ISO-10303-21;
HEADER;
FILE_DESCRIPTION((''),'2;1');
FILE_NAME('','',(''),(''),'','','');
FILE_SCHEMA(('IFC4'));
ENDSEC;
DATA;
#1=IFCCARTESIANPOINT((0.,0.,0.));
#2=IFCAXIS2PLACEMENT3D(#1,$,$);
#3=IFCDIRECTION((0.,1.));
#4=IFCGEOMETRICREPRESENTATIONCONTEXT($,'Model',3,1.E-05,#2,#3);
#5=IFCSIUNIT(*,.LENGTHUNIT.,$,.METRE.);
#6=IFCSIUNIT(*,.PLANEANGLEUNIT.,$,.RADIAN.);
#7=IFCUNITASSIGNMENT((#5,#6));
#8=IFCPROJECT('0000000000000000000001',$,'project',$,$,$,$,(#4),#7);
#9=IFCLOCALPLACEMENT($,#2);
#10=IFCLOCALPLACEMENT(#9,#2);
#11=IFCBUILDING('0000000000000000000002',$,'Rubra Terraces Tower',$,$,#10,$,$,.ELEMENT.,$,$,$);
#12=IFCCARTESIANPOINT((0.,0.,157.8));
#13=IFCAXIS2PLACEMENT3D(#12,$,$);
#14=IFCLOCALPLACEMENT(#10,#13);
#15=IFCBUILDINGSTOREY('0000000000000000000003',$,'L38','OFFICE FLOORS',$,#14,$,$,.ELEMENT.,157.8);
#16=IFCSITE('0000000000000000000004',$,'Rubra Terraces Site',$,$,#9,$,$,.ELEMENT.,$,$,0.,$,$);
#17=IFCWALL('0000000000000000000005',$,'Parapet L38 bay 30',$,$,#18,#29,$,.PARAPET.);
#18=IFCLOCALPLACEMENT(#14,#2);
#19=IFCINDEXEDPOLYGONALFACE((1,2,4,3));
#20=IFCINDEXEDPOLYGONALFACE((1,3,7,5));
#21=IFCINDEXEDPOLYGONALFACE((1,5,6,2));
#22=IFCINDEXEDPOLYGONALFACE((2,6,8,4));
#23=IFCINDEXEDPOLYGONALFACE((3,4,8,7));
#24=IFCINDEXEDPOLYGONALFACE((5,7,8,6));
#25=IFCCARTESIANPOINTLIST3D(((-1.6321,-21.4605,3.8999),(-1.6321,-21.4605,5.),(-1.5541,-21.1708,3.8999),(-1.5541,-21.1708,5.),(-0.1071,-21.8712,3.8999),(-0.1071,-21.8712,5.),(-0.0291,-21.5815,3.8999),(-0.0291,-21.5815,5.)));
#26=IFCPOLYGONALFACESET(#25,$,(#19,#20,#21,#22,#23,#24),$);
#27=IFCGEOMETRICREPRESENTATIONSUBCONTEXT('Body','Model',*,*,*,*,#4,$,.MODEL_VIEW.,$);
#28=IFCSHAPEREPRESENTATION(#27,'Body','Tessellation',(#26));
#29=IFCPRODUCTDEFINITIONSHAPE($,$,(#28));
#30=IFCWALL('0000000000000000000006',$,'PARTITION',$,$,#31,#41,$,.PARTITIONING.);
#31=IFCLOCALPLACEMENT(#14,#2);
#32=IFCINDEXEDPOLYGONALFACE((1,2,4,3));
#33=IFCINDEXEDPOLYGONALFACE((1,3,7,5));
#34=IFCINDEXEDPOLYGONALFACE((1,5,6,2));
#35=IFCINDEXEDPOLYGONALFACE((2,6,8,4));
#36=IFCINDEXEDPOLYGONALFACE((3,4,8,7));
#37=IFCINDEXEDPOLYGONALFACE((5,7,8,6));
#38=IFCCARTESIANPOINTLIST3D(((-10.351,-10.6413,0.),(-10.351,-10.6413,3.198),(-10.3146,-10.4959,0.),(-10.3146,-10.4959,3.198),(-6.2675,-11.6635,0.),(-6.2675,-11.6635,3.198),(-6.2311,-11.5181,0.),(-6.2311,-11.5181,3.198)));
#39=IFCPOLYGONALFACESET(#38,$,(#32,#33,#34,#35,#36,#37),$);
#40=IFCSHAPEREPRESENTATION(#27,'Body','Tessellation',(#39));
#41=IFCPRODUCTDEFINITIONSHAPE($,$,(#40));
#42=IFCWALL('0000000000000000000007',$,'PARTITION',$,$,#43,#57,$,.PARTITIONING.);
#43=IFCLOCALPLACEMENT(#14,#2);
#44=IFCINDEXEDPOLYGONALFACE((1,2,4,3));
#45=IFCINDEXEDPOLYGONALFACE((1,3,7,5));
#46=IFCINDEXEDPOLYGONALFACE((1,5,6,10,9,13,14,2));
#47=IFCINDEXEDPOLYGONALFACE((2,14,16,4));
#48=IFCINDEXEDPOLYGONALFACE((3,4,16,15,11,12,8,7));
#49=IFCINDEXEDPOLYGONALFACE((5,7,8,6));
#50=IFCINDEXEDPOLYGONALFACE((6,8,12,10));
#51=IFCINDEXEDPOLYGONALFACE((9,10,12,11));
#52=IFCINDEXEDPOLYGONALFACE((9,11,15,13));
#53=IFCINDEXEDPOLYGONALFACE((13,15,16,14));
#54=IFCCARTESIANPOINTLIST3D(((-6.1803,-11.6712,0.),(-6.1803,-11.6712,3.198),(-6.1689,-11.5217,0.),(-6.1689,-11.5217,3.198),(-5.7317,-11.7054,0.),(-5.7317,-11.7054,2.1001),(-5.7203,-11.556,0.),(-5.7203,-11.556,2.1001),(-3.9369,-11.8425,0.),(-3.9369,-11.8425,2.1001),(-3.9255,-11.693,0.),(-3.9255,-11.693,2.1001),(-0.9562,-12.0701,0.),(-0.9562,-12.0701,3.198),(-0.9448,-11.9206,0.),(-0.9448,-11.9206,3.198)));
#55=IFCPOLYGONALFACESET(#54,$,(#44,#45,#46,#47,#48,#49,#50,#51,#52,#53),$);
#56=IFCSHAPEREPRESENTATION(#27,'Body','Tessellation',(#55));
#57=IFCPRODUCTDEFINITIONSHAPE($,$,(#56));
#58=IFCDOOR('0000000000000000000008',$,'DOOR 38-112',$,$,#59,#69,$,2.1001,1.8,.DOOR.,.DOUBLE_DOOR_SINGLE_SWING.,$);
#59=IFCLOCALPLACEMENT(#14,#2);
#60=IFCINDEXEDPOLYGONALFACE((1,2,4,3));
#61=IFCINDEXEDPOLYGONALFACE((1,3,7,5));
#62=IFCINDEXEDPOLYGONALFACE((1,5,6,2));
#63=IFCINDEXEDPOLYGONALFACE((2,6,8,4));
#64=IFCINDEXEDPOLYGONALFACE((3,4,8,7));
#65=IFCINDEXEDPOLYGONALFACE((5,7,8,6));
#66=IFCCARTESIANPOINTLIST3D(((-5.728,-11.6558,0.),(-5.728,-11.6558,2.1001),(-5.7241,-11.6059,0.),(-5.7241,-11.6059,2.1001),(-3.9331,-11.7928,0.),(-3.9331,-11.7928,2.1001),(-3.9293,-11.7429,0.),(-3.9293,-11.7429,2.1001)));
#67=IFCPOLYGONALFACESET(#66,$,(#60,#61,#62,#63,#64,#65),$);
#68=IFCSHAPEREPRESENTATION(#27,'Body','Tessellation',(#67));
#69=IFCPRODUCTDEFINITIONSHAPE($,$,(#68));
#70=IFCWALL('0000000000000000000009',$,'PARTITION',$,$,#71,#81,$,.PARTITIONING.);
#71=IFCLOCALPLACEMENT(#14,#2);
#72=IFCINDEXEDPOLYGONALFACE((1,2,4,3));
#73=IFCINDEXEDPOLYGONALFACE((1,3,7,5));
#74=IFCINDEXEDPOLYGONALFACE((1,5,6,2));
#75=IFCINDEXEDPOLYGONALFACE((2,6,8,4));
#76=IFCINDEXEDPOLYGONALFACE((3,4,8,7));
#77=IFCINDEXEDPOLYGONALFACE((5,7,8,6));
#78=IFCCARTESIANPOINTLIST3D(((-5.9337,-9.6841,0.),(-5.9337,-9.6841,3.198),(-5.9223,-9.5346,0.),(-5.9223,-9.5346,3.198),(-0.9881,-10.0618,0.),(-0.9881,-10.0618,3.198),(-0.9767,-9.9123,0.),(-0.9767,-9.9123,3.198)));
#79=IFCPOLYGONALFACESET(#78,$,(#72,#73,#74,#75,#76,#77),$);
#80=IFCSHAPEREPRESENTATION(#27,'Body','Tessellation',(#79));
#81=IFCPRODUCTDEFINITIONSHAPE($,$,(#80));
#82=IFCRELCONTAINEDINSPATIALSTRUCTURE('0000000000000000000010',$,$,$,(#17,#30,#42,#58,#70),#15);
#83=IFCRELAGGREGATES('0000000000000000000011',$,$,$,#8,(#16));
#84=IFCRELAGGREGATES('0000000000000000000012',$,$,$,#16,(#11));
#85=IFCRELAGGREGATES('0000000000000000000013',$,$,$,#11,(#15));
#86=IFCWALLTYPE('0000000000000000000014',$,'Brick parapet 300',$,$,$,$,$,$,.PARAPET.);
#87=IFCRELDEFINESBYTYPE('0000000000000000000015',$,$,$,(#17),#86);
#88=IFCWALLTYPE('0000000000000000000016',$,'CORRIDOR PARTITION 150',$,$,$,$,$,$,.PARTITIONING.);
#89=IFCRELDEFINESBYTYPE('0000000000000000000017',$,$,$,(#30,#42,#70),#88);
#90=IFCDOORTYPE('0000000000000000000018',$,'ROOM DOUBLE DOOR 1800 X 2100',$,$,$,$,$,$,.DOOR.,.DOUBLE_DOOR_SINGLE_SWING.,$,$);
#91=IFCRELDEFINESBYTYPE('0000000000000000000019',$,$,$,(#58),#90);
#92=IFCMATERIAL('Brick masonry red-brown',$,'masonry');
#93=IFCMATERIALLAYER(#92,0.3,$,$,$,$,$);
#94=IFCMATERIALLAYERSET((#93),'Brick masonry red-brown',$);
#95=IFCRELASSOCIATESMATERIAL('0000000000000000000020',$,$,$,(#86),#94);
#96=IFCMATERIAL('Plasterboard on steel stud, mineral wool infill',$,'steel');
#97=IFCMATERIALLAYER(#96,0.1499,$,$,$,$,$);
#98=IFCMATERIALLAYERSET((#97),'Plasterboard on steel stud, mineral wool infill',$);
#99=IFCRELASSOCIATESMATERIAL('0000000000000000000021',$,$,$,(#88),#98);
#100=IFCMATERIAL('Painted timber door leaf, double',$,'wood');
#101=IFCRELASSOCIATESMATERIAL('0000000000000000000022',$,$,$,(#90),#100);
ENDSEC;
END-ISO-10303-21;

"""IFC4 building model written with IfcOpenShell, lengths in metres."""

from ifc_helpers import new_model, si_unit, direction, frame, frame_2d, origin, place, context, subcontext, project, spatial, rectangle, extrude, material, layer, layer_set, type_object, element, fill, save


model = new_model("IFC4")

# Units and contexts
model_context = context("Model", 3, precision=1e-05, world=origin(), true_north=direction((0.0, 1.0)))
body_context = subcontext(model_context, "Body", "Model", "MODEL_VIEW")
ifc_project = project(units=[si_unit("LENGTHUNIT", "METRE"), si_unit("PLANEANGLEUNIT", "RADIAN")], contexts=[model_context])

# Site, building, storey
site_placement = place(None, origin())
site = spatial("IfcSite", under=ifc_project, at=site_placement, Name="Rubra Terraces Site", CompositionType="ELEMENT", RefElevation=0.0)
building_placement = place(site_placement, origin())
building = spatial("IfcBuilding", under=site, at=building_placement, Name="Rubra Terraces Tower", CompositionType="ELEMENT")
storey_placement = place(building_placement, frame((0.0, 0.0, 157.8)))
storey = spatial("IfcBuildingStorey", under=building, at=storey_placement, Name="L38", Description="OFFICE FLOORS", CompositionType="ELEMENT", Elevation=157.8)

# Shared definitions
ifc_material_1 = material(Name="Brick masonry red-brown", Category="masonry")

# Walls
ifc_layer_1 = layer(ifc_material_1, 0.3)
ifc_layer_set_1 = layer_set([ifc_layer_1], Name="Brick masonry red-brown")
wall_type_1 = type_object("IfcWallType", Name="Brick parapet 300", PredefinedType="PARAPET", material=ifc_layer_set_1)
wall_1_placement = place(storey_placement, frame((-1.593, -21.3157, 3.8999), z_axis=(0.0, 0.0, 1.0), x_axis=(0.965601, -0.260029, 0.0)))
element("IfcWall", 1, at=wall_1_placement, inside=storey, type_object=wall_type_1, Name="Parapet L38 bay 30", PredefinedType="PARAPET", context=body_context, shape_type="SweptSolid", body=[
    extrude(rectangle(XDim=1.5793, YDim=0.3, at=frame_2d((0.7896, 0.0))), origin(), (0.0, 0.0, 1.0), 1.1001),
])
ifc_material_2 = material(Name="Plasterboard on steel stud, mineral wool infill", Category="steel")
ifc_layer_2 = layer(ifc_material_2, 0.1499)
ifc_layer_set_2 = layer_set([ifc_layer_2], Name="Plasterboard on steel stud, mineral wool infill")
wall_type_2 = type_object("IfcWallType", Name="CORRIDOR PARTITION 150", PredefinedType="PARTITIONING", material=ifc_layer_set_2)
wall_2_placement = place(storey_placement, frame((-10.3328, -10.5686, 0.0), z_axis=(0.0, 0.0, 1.0), x_axis=(0.970067, -0.242836, 0.0)))
element("IfcWall", 2, at=wall_2_placement, inside=storey, type_object=wall_type_2, Name="PARTITION", PredefinedType="PARTITIONING", context=body_context, shape_type="SweptSolid", body=[
    extrude(rectangle(XDim=4.2095, YDim=0.1499, at=frame_2d((2.1047, 0.0))), origin(), (0.0, 0.0, 1.0), 3.198),
])

# Wall, opening, door
wall_3_placement = place(storey_placement, frame((-6.1746, -11.5964, 0.0), z_axis=(0.0, 0.0, 1.0), x_axis=(0.997097, -0.076141, 0.0)))
wall_3 = element("IfcWall", 3, at=wall_3_placement, inside=storey, type_object=wall_type_2, Name="PARTITION", PredefinedType="PARTITIONING", context=body_context, shape_type="SweptSolid", body=[
    extrude(rectangle(XDim=5.2393, YDim=0.1499, at=frame_2d((2.6196, 0.0))), origin(), (0.0, 0.0, 1.0), 3.198),
])
opening_1_placement = place(wall_3_placement, frame((0.45, 0.0, 0.0)))
opening_1 = element("IfcOpeningElement", 4, at=opening_1_placement, cuts=wall_3, PredefinedType="OPENING", context=body_context, shape_type="SweptSolid", body=[
    extrude(rectangle(XDim=1.8, YDim=2.1001, at=frame_2d((0.8999, 1.05))), frame((0.0, 0.085, 0.0), z_axis=(0.0, -1.0, 0.0), x_axis=(1.0, 0.0, 0.0)), (0.0, 0.0, 1.0), 0.1699),
])
ifc_material_3 = material(Name="Painted timber door leaf, double", Category="wood")
door_type = type_object("IfcDoorType", Name="ROOM DOUBLE DOOR 1800 X 2100", OperationType="DOUBLE_DOOR_SINGLE_SWING", PredefinedType="DOOR", material=ifc_material_3)
door_placement = place(opening_1_placement, origin())
door = element("IfcDoor", 5, at=door_placement, inside=storey, type_object=door_type, Name="DOOR 38-112", OperationType="DOUBLE_DOOR_SINGLE_SWING", OverallHeight=2.1001, OverallWidth=1.8, PredefinedType="DOOR", context=body_context, shape_type="SweptSolid", body=[
    extrude(rectangle(XDim=1.8, YDim=2.1001, at=frame_2d((0.8999, 1.05))), frame((0.0, 0.0249, 0.0), z_axis=(0.0, -1.0, 0.0), x_axis=(1.0, 0.0, 0.0)), (0.0, 0.0, 1.0), 0.05),
])
fill(opening_1, door)

# Wall
wall_4_placement = place(storey_placement, frame((-0.9824, -9.9871, 0.0), z_axis=(0.0, 0.0, 1.0), x_axis=(-0.997097, 0.076147, 0.0)))
element("IfcWall", 6, at=wall_4_placement, inside=storey, type_object=wall_type_2, Name="PARTITION", PredefinedType="PARTITIONING", context=body_context, shape_type="SweptSolid", body=[
    extrude(rectangle(XDim=4.96, YDim=0.1499, at=frame_2d((2.48, 0.0))), origin(), (0.0, 0.0, 1.0), 3.198),
])

save(model, "model.ifc")
